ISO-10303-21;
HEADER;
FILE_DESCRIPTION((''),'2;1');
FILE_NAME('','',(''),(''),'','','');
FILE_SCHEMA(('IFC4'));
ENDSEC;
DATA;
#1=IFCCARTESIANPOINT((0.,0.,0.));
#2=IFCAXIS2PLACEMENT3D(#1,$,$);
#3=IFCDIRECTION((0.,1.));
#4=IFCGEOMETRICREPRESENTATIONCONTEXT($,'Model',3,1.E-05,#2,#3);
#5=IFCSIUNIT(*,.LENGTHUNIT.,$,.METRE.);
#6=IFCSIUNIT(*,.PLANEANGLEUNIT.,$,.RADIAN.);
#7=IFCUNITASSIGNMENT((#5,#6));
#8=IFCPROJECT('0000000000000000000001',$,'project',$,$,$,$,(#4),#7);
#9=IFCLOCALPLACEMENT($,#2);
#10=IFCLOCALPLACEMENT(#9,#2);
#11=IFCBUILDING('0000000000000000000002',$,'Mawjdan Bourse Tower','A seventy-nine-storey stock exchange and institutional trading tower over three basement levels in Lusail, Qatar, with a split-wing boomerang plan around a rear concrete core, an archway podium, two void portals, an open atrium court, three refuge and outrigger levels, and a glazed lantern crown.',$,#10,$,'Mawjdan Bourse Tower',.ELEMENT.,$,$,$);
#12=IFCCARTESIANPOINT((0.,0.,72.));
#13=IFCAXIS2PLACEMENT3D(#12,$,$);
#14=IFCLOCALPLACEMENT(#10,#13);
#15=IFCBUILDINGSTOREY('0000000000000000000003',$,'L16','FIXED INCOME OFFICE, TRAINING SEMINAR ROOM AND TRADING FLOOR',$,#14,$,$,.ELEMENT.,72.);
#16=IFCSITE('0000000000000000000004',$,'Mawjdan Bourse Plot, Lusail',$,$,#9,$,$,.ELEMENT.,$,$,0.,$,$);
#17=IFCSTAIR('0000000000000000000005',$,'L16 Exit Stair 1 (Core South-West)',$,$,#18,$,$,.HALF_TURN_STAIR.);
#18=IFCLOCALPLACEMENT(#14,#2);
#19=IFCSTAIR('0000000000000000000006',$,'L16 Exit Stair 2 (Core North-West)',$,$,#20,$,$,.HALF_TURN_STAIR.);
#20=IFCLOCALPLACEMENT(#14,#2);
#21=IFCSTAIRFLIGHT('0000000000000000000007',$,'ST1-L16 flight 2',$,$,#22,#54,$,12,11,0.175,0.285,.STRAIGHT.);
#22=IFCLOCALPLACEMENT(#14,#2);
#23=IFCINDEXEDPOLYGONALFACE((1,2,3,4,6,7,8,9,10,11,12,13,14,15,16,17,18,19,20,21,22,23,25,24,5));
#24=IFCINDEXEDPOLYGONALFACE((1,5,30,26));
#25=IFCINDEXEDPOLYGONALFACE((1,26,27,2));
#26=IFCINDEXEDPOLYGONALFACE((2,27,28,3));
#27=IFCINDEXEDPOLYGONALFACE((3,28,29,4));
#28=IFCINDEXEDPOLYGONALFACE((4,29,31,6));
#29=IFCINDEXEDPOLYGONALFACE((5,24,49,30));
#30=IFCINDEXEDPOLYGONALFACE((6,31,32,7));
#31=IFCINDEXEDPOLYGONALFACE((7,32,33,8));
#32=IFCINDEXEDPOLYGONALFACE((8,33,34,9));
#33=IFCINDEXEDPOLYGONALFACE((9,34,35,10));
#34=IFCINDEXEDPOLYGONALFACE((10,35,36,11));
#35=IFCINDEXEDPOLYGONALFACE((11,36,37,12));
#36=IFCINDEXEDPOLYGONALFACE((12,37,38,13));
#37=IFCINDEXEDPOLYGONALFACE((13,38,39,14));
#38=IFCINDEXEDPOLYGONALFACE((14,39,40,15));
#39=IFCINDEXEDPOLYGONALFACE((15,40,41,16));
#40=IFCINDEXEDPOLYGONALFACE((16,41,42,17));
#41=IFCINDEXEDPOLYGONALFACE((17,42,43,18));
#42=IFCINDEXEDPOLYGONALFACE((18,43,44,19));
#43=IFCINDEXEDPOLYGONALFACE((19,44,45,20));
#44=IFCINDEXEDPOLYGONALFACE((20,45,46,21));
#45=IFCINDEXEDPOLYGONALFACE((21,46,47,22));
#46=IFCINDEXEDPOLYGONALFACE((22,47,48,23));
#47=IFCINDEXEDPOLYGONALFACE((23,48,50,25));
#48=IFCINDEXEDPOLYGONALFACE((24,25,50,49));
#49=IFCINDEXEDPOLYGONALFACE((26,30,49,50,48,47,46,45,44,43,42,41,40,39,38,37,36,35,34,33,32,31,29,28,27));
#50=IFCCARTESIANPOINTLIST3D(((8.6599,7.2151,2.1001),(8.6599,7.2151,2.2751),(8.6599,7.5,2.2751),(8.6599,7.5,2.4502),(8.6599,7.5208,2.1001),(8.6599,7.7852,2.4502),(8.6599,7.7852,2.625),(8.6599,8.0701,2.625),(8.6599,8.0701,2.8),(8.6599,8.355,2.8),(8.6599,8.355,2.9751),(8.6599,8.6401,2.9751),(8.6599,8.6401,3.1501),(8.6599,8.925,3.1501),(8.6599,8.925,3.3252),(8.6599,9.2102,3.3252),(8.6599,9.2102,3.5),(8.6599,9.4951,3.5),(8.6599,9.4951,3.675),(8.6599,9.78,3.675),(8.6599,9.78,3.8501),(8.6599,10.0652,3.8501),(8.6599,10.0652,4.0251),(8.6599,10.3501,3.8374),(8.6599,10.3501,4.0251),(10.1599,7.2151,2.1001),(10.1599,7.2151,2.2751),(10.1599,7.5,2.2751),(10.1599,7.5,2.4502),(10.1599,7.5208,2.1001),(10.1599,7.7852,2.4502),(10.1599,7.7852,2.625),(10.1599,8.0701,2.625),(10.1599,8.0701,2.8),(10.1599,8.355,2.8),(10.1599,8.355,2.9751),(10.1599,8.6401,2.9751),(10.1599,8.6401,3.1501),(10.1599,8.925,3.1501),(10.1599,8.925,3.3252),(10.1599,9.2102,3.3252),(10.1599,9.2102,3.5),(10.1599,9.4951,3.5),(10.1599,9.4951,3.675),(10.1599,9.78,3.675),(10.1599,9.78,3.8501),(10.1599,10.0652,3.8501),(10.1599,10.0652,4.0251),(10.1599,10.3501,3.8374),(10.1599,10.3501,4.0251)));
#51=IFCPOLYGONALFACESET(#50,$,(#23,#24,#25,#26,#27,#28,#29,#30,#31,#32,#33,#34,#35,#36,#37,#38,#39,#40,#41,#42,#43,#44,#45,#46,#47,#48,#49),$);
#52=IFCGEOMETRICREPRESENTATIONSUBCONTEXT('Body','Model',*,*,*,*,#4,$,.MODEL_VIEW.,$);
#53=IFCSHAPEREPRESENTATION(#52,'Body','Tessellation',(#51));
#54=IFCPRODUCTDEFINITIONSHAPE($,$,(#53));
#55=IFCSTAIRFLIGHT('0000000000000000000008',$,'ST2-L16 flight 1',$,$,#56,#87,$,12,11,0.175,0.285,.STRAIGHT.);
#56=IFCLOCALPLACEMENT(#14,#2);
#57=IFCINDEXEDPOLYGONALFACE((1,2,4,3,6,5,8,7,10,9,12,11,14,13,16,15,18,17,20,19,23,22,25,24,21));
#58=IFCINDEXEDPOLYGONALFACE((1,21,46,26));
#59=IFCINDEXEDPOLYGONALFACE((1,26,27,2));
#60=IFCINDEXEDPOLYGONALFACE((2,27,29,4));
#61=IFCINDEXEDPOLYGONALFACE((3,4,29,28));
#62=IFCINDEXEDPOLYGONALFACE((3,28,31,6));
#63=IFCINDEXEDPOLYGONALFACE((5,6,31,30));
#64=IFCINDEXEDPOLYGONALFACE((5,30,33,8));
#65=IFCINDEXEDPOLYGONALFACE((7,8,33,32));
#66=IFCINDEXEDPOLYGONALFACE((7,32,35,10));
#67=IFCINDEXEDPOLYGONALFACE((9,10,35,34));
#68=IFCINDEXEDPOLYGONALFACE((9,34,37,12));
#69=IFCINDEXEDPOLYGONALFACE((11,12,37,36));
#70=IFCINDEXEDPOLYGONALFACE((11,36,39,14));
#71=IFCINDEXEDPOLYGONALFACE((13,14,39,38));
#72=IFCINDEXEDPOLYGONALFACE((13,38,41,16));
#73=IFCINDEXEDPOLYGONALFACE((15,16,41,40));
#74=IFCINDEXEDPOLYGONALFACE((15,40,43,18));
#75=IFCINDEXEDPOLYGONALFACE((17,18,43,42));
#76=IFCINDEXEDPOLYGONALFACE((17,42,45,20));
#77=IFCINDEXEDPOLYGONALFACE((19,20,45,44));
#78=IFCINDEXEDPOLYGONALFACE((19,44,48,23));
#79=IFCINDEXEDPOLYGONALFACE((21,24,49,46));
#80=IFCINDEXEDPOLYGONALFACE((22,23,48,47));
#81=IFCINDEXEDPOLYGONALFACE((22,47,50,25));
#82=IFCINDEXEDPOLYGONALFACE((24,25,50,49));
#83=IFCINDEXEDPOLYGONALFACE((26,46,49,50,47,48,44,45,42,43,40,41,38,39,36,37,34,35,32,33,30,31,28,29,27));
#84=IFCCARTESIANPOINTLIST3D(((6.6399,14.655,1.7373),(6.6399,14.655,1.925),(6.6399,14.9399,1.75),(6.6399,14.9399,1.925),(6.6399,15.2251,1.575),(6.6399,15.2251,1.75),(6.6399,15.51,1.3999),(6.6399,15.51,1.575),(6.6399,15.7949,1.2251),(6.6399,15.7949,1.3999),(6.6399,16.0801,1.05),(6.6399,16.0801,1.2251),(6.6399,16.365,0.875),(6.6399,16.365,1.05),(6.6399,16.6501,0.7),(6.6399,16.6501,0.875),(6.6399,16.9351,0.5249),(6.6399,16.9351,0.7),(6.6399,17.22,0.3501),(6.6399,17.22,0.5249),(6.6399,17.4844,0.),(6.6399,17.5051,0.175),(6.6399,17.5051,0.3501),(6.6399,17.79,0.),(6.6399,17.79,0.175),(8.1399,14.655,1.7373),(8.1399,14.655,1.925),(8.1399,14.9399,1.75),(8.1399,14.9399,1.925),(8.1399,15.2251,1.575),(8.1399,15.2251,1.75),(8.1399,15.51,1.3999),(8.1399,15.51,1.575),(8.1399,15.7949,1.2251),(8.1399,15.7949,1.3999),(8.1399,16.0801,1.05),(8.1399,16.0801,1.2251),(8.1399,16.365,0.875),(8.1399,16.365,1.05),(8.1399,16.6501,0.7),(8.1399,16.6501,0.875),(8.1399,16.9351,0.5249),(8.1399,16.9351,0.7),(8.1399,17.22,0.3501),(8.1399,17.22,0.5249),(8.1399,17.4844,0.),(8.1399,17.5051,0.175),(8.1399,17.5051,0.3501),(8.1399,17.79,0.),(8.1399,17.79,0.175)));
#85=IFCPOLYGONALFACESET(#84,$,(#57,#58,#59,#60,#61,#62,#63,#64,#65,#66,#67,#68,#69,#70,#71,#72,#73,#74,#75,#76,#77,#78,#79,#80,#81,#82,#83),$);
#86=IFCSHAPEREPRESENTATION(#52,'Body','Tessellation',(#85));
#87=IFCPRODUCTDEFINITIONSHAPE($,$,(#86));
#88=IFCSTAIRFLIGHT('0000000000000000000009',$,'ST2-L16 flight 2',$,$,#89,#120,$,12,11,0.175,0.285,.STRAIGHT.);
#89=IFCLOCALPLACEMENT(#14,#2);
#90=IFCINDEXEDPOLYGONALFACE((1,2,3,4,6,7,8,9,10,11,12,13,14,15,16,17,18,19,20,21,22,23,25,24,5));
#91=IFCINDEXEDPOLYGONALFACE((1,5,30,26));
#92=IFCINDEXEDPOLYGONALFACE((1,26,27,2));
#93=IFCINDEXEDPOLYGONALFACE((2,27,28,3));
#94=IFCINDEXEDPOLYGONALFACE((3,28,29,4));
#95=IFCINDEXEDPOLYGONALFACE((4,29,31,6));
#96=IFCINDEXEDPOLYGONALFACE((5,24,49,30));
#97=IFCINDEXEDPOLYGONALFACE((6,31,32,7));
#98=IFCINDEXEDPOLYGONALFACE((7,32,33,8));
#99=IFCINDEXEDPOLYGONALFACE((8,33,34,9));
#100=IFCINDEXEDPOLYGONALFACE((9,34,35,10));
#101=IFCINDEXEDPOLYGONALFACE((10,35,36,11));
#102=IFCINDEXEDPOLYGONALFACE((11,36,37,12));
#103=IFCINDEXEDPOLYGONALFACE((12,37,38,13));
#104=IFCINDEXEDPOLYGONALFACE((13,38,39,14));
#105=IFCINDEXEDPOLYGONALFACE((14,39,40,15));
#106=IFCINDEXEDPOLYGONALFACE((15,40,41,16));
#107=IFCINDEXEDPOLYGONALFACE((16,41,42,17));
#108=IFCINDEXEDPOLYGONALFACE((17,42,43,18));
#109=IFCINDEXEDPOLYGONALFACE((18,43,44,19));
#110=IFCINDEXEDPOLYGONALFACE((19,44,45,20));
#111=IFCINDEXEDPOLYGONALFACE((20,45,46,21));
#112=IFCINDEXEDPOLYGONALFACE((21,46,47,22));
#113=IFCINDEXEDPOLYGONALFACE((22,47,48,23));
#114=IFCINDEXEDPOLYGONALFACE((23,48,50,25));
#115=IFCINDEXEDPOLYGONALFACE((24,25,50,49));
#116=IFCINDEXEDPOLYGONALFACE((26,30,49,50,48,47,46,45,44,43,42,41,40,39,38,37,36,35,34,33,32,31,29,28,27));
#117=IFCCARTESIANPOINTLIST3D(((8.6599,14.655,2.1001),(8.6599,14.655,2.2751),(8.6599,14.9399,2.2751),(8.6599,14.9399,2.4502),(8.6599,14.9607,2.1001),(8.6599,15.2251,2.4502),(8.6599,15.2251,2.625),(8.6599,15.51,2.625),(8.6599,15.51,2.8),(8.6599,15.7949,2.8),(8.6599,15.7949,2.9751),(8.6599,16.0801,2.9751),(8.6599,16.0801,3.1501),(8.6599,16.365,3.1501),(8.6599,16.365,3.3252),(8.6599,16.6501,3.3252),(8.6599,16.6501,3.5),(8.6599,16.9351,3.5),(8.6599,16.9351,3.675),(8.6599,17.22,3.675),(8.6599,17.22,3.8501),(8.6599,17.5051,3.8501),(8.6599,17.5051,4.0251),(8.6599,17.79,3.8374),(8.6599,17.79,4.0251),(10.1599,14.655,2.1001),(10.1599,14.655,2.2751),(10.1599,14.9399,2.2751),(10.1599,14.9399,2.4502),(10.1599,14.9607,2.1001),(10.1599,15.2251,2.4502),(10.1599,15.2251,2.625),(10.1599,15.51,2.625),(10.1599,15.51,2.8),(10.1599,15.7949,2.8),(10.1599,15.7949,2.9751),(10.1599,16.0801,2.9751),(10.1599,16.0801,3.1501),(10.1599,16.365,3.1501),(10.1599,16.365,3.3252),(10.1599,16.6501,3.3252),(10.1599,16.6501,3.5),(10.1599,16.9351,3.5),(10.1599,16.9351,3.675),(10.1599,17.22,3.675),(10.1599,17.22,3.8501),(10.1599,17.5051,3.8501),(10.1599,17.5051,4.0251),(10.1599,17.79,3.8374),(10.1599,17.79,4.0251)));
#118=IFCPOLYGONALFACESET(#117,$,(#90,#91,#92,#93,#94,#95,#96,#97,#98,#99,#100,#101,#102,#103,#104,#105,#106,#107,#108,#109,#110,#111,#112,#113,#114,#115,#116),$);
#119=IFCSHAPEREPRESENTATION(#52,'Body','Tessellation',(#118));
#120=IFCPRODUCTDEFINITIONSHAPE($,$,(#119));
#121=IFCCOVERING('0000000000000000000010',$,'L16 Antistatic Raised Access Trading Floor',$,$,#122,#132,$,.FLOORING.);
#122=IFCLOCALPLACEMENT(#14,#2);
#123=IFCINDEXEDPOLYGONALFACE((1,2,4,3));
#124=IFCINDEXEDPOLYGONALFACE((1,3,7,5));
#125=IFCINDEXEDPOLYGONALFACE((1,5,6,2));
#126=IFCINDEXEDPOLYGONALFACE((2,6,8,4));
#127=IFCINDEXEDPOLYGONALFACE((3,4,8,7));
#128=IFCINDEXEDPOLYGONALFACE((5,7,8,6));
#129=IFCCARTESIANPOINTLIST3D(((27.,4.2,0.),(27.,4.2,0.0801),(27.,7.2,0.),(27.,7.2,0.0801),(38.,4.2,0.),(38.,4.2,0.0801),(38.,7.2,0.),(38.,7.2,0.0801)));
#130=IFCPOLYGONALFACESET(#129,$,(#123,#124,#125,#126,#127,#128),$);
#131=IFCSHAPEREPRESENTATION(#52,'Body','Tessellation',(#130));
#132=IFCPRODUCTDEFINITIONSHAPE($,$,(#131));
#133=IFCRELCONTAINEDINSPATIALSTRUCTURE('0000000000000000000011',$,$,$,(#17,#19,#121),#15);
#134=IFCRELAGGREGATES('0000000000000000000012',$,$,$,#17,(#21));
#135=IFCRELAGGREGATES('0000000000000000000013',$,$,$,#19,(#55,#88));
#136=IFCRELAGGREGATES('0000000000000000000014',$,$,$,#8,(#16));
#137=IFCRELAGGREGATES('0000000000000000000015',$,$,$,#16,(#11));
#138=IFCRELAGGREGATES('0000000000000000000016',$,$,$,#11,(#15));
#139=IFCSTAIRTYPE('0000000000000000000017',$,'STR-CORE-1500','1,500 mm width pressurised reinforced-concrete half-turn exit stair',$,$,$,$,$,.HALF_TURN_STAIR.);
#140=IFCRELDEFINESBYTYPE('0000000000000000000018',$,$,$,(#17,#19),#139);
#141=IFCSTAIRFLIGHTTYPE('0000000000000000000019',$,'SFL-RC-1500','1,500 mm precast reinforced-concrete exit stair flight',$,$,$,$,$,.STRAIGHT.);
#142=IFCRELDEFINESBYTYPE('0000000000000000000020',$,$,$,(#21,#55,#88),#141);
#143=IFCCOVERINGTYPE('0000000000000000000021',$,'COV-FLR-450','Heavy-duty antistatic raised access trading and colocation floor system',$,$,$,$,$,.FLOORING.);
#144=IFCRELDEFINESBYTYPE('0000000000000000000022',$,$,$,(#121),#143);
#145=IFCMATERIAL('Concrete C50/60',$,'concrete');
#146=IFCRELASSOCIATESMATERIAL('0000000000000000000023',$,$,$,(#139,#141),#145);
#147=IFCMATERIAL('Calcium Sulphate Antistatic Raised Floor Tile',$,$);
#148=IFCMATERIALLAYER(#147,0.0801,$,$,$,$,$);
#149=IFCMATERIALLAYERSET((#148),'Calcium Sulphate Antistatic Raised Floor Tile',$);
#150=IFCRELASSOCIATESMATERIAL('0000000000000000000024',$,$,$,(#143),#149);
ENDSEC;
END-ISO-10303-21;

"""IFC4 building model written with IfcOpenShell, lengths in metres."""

from ifc_helpers import new_model, si_unit, direction, frame, origin, place, context, subcontext, project, spatial, polyline, outline, extrude, material, layer, layer_set, type_object, element, aggregate, save


model = new_model("IFC4")

# Units and contexts
model_context = context("Model", 3, precision=1e-05, world=origin(), true_north=direction((0.0, 1.0)))
body_context = subcontext(model_context, "Body", "Model", "MODEL_VIEW")
ifc_project = project(units=[si_unit("LENGTHUNIT", "METRE"), si_unit("PLANEANGLEUNIT", "RADIAN")], contexts=[model_context])

# Site, building, storey
site_placement = place(None, origin())
site = spatial("IfcSite", under=ifc_project, at=site_placement, Name="Mawjdan Bourse Plot, Lusail", CompositionType="ELEMENT", RefElevation=0.0)
building_placement = place(site_placement, origin())
building = spatial("IfcBuilding", under=site, at=building_placement, Name="Mawjdan Bourse Tower", Description="A seventy-nine-storey stock exchange and institutional trading tower over three basement levels in Lusail, Qatar, with a split-wing boomerang plan around a rear concrete core, an archway podium, two void portals, an open atrium court, three refuge and outrigger levels, and a glazed lantern crown.", LongName="Mawjdan Bourse Tower", CompositionType="ELEMENT")
storey_placement = place(building_placement, frame((0.0, 0.0, 72.0)))
storey = spatial("IfcBuildingStorey", under=building, at=storey_placement, Name="L16", Description="FIXED INCOME OFFICE, TRAINING SEMINAR ROOM AND TRADING FLOOR", CompositionType="ELEMENT", Elevation=72.0)

# Stairs
ifc_material_1 = material(Name="Concrete C50/60", Category="concrete")
stair_type = type_object("IfcStairType", Name="STR-CORE-1500", Description="1,500 mm width pressurised reinforced-concrete half-turn exit stair", PredefinedType="HALF_TURN_STAIR", material=ifc_material_1)
stair_1_placement = place(storey_placement, origin())
stair_1 = element("IfcStair", 1, at=stair_1_placement, inside=storey, type_object=stair_type, Name="L16 Exit Stair 1 (Core South-West)", PredefinedType="HALF_TURN_STAIR")
stair_2_placement = place(storey_placement, origin())
stair_2 = element("IfcStair", 2, at=stair_2_placement, inside=storey, type_object=stair_type, Name="L16 Exit Stair 2 (Core North-West)", PredefinedType="HALF_TURN_STAIR")

# Stair flights
stair_flight_type = type_object("IfcStairFlightType", Name="SFL-RC-1500", Description="1,500 mm precast reinforced-concrete exit stair flight", PredefinedType="STRAIGHT", material=ifc_material_1)
stair_flight_1_placement = place(storey_placement, frame((9.4099, 7.2151, 2.1001), z_axis=(0.0, 0.0, 1.0), x_axis=(0.0, 1.0, 0.0)))
stair_flight_1 = element("IfcStairFlight", 3, at=stair_flight_1_placement, type_object=stair_flight_type, Name="ST1-L16 flight 2", NumberOfRisers=12, NumberOfTreads=11, PredefinedType="STRAIGHT", RiserHeight=0.175, TreadLength=0.285, context=body_context, shape_type="SweptSolid", body=[
    extrude(outline(polyline([(0.0, 0.0), (0.0, 0.175), (0.2849, 0.175), (0.2849, 0.3501), (0.5701, 0.3501), (0.5701, 0.5249), (0.855, 0.5249), (0.855, 0.7), (1.1399, 0.7), (1.1399, 0.875), (1.425, 0.875), (1.425, 1.05), (1.71, 1.05), (1.71, 1.2251), (1.9951, 1.2251), (1.9951, 1.3999), (2.28, 1.3999), (2.28, 1.575), (2.5649, 1.575), (2.5649, 1.75), (2.8501, 1.75), (2.8501, 1.925), (3.135, 1.925), (3.135, 2.1001), (3.135, 1.7373), (0.3057, 0.0), (0.0, 0.0)])), frame((0.0, 0.75, 0.0), z_axis=(0.0, -1.0, 0.0), x_axis=(1.0, 0.0, 0.0)), (0.0, 0.0, 1.0), 1.5),
])
aggregate(stair_1, [stair_flight_1])
stair_flight_2_placement = place(storey_placement, frame((7.3899, 17.79, 0.0), z_axis=(0.0, 0.0, 1.0), x_axis=(0.0, -1.0, 0.0)))
stair_flight_2 = element("IfcStairFlight", 4, at=stair_flight_2_placement, type_object=stair_flight_type, Name="ST2-L16 flight 1", NumberOfRisers=12, NumberOfTreads=11, PredefinedType="STRAIGHT", RiserHeight=0.175, TreadLength=0.285, context=body_context, shape_type="SweptSolid", body=[
    extrude(outline(polyline([(0.0, 0.0), (0.0, 0.175), (0.2849, 0.175), (0.2849, 0.3501), (0.5701, 0.3501), (0.5701, 0.5249), (0.855, 0.5249), (0.855, 0.7), (1.1399, 0.7), (1.1399, 0.875), (1.425, 0.875), (1.425, 1.05), (1.71, 1.05), (1.71, 1.2251), (1.9951, 1.2251), (1.9951, 1.3999), (2.28, 1.3999), (2.28, 1.575), (2.5649, 1.575), (2.5649, 1.75), (2.8501, 1.75), (2.8501, 1.925), (3.135, 1.925), (3.135, 2.1001), (3.135, 1.7373), (0.3057, 0.0), (0.0, 0.0)])), frame((0.0, 0.75, 0.0), z_axis=(0.0, -1.0, 0.0), x_axis=(1.0, 0.0, 0.0)), (0.0, 0.0, 1.0), 1.5),
])
stair_flight_3_placement = place(storey_placement, frame((9.4099, 14.655, 2.1001), z_axis=(0.0, 0.0, 1.0), x_axis=(0.0, 1.0, 0.0)))
stair_flight_3 = element("IfcStairFlight", 5, at=stair_flight_3_placement, type_object=stair_flight_type, Name="ST2-L16 flight 2", NumberOfRisers=12, NumberOfTreads=11, PredefinedType="STRAIGHT", RiserHeight=0.175, TreadLength=0.285, context=body_context, shape_type="SweptSolid", body=[
    extrude(outline(polyline([(0.0, 0.0), (0.0, 0.175), (0.2849, 0.175), (0.2849, 0.3501), (0.5701, 0.3501), (0.5701, 0.5249), (0.855, 0.5249), (0.855, 0.7), (1.1399, 0.7), (1.1399, 0.875), (1.425, 0.875), (1.425, 1.05), (1.71, 1.05), (1.71, 1.2251), (1.9951, 1.2251), (1.9951, 1.3999), (2.28, 1.3999), (2.28, 1.575), (2.5649, 1.575), (2.5649, 1.75), (2.8501, 1.75), (2.8501, 1.925), (3.135, 1.925), (3.135, 2.1001), (3.135, 1.7373), (0.3057, 0.0), (0.0, 0.0)])), frame((0.0, 0.75, 0.0), z_axis=(0.0, -1.0, 0.0), x_axis=(1.0, 0.0, 0.0)), (0.0, 0.0, 1.0), 1.5),
])
aggregate(stair_2, [stair_flight_2, stair_flight_3])

# Covering
ifc_material_2 = material(Name="Calcium Sulphate Antistatic Raised Floor Tile")
ifc_layer_1 = layer(ifc_material_2, 0.0801)
ifc_layer_set_1 = layer_set([ifc_layer_1], Name="Calcium Sulphate Antistatic Raised Floor Tile")
covering_type = type_object("IfcCoveringType", Name="COV-FLR-450", Description="Heavy-duty antistatic raised access trading and colocation floor system", PredefinedType="FLOORING", material=ifc_layer_set_1)
covering_placement = place(storey_placement, origin())
element("IfcCovering", 6, at=covering_placement, inside=storey, type_object=covering_type, Name="L16 Antistatic Raised Access Trading Floor", PredefinedType="FLOORING", context=body_context, shape_type="SweptSolid", body=[
    extrude(outline(polyline([(27.0, 4.2), (38.0, 4.2), (38.0, 7.2), (27.0, 7.2), (27.0, 4.2)])), origin(), (0.0, 0.0, 1.0), 0.0801),
])

save(model, "model.ifc")
